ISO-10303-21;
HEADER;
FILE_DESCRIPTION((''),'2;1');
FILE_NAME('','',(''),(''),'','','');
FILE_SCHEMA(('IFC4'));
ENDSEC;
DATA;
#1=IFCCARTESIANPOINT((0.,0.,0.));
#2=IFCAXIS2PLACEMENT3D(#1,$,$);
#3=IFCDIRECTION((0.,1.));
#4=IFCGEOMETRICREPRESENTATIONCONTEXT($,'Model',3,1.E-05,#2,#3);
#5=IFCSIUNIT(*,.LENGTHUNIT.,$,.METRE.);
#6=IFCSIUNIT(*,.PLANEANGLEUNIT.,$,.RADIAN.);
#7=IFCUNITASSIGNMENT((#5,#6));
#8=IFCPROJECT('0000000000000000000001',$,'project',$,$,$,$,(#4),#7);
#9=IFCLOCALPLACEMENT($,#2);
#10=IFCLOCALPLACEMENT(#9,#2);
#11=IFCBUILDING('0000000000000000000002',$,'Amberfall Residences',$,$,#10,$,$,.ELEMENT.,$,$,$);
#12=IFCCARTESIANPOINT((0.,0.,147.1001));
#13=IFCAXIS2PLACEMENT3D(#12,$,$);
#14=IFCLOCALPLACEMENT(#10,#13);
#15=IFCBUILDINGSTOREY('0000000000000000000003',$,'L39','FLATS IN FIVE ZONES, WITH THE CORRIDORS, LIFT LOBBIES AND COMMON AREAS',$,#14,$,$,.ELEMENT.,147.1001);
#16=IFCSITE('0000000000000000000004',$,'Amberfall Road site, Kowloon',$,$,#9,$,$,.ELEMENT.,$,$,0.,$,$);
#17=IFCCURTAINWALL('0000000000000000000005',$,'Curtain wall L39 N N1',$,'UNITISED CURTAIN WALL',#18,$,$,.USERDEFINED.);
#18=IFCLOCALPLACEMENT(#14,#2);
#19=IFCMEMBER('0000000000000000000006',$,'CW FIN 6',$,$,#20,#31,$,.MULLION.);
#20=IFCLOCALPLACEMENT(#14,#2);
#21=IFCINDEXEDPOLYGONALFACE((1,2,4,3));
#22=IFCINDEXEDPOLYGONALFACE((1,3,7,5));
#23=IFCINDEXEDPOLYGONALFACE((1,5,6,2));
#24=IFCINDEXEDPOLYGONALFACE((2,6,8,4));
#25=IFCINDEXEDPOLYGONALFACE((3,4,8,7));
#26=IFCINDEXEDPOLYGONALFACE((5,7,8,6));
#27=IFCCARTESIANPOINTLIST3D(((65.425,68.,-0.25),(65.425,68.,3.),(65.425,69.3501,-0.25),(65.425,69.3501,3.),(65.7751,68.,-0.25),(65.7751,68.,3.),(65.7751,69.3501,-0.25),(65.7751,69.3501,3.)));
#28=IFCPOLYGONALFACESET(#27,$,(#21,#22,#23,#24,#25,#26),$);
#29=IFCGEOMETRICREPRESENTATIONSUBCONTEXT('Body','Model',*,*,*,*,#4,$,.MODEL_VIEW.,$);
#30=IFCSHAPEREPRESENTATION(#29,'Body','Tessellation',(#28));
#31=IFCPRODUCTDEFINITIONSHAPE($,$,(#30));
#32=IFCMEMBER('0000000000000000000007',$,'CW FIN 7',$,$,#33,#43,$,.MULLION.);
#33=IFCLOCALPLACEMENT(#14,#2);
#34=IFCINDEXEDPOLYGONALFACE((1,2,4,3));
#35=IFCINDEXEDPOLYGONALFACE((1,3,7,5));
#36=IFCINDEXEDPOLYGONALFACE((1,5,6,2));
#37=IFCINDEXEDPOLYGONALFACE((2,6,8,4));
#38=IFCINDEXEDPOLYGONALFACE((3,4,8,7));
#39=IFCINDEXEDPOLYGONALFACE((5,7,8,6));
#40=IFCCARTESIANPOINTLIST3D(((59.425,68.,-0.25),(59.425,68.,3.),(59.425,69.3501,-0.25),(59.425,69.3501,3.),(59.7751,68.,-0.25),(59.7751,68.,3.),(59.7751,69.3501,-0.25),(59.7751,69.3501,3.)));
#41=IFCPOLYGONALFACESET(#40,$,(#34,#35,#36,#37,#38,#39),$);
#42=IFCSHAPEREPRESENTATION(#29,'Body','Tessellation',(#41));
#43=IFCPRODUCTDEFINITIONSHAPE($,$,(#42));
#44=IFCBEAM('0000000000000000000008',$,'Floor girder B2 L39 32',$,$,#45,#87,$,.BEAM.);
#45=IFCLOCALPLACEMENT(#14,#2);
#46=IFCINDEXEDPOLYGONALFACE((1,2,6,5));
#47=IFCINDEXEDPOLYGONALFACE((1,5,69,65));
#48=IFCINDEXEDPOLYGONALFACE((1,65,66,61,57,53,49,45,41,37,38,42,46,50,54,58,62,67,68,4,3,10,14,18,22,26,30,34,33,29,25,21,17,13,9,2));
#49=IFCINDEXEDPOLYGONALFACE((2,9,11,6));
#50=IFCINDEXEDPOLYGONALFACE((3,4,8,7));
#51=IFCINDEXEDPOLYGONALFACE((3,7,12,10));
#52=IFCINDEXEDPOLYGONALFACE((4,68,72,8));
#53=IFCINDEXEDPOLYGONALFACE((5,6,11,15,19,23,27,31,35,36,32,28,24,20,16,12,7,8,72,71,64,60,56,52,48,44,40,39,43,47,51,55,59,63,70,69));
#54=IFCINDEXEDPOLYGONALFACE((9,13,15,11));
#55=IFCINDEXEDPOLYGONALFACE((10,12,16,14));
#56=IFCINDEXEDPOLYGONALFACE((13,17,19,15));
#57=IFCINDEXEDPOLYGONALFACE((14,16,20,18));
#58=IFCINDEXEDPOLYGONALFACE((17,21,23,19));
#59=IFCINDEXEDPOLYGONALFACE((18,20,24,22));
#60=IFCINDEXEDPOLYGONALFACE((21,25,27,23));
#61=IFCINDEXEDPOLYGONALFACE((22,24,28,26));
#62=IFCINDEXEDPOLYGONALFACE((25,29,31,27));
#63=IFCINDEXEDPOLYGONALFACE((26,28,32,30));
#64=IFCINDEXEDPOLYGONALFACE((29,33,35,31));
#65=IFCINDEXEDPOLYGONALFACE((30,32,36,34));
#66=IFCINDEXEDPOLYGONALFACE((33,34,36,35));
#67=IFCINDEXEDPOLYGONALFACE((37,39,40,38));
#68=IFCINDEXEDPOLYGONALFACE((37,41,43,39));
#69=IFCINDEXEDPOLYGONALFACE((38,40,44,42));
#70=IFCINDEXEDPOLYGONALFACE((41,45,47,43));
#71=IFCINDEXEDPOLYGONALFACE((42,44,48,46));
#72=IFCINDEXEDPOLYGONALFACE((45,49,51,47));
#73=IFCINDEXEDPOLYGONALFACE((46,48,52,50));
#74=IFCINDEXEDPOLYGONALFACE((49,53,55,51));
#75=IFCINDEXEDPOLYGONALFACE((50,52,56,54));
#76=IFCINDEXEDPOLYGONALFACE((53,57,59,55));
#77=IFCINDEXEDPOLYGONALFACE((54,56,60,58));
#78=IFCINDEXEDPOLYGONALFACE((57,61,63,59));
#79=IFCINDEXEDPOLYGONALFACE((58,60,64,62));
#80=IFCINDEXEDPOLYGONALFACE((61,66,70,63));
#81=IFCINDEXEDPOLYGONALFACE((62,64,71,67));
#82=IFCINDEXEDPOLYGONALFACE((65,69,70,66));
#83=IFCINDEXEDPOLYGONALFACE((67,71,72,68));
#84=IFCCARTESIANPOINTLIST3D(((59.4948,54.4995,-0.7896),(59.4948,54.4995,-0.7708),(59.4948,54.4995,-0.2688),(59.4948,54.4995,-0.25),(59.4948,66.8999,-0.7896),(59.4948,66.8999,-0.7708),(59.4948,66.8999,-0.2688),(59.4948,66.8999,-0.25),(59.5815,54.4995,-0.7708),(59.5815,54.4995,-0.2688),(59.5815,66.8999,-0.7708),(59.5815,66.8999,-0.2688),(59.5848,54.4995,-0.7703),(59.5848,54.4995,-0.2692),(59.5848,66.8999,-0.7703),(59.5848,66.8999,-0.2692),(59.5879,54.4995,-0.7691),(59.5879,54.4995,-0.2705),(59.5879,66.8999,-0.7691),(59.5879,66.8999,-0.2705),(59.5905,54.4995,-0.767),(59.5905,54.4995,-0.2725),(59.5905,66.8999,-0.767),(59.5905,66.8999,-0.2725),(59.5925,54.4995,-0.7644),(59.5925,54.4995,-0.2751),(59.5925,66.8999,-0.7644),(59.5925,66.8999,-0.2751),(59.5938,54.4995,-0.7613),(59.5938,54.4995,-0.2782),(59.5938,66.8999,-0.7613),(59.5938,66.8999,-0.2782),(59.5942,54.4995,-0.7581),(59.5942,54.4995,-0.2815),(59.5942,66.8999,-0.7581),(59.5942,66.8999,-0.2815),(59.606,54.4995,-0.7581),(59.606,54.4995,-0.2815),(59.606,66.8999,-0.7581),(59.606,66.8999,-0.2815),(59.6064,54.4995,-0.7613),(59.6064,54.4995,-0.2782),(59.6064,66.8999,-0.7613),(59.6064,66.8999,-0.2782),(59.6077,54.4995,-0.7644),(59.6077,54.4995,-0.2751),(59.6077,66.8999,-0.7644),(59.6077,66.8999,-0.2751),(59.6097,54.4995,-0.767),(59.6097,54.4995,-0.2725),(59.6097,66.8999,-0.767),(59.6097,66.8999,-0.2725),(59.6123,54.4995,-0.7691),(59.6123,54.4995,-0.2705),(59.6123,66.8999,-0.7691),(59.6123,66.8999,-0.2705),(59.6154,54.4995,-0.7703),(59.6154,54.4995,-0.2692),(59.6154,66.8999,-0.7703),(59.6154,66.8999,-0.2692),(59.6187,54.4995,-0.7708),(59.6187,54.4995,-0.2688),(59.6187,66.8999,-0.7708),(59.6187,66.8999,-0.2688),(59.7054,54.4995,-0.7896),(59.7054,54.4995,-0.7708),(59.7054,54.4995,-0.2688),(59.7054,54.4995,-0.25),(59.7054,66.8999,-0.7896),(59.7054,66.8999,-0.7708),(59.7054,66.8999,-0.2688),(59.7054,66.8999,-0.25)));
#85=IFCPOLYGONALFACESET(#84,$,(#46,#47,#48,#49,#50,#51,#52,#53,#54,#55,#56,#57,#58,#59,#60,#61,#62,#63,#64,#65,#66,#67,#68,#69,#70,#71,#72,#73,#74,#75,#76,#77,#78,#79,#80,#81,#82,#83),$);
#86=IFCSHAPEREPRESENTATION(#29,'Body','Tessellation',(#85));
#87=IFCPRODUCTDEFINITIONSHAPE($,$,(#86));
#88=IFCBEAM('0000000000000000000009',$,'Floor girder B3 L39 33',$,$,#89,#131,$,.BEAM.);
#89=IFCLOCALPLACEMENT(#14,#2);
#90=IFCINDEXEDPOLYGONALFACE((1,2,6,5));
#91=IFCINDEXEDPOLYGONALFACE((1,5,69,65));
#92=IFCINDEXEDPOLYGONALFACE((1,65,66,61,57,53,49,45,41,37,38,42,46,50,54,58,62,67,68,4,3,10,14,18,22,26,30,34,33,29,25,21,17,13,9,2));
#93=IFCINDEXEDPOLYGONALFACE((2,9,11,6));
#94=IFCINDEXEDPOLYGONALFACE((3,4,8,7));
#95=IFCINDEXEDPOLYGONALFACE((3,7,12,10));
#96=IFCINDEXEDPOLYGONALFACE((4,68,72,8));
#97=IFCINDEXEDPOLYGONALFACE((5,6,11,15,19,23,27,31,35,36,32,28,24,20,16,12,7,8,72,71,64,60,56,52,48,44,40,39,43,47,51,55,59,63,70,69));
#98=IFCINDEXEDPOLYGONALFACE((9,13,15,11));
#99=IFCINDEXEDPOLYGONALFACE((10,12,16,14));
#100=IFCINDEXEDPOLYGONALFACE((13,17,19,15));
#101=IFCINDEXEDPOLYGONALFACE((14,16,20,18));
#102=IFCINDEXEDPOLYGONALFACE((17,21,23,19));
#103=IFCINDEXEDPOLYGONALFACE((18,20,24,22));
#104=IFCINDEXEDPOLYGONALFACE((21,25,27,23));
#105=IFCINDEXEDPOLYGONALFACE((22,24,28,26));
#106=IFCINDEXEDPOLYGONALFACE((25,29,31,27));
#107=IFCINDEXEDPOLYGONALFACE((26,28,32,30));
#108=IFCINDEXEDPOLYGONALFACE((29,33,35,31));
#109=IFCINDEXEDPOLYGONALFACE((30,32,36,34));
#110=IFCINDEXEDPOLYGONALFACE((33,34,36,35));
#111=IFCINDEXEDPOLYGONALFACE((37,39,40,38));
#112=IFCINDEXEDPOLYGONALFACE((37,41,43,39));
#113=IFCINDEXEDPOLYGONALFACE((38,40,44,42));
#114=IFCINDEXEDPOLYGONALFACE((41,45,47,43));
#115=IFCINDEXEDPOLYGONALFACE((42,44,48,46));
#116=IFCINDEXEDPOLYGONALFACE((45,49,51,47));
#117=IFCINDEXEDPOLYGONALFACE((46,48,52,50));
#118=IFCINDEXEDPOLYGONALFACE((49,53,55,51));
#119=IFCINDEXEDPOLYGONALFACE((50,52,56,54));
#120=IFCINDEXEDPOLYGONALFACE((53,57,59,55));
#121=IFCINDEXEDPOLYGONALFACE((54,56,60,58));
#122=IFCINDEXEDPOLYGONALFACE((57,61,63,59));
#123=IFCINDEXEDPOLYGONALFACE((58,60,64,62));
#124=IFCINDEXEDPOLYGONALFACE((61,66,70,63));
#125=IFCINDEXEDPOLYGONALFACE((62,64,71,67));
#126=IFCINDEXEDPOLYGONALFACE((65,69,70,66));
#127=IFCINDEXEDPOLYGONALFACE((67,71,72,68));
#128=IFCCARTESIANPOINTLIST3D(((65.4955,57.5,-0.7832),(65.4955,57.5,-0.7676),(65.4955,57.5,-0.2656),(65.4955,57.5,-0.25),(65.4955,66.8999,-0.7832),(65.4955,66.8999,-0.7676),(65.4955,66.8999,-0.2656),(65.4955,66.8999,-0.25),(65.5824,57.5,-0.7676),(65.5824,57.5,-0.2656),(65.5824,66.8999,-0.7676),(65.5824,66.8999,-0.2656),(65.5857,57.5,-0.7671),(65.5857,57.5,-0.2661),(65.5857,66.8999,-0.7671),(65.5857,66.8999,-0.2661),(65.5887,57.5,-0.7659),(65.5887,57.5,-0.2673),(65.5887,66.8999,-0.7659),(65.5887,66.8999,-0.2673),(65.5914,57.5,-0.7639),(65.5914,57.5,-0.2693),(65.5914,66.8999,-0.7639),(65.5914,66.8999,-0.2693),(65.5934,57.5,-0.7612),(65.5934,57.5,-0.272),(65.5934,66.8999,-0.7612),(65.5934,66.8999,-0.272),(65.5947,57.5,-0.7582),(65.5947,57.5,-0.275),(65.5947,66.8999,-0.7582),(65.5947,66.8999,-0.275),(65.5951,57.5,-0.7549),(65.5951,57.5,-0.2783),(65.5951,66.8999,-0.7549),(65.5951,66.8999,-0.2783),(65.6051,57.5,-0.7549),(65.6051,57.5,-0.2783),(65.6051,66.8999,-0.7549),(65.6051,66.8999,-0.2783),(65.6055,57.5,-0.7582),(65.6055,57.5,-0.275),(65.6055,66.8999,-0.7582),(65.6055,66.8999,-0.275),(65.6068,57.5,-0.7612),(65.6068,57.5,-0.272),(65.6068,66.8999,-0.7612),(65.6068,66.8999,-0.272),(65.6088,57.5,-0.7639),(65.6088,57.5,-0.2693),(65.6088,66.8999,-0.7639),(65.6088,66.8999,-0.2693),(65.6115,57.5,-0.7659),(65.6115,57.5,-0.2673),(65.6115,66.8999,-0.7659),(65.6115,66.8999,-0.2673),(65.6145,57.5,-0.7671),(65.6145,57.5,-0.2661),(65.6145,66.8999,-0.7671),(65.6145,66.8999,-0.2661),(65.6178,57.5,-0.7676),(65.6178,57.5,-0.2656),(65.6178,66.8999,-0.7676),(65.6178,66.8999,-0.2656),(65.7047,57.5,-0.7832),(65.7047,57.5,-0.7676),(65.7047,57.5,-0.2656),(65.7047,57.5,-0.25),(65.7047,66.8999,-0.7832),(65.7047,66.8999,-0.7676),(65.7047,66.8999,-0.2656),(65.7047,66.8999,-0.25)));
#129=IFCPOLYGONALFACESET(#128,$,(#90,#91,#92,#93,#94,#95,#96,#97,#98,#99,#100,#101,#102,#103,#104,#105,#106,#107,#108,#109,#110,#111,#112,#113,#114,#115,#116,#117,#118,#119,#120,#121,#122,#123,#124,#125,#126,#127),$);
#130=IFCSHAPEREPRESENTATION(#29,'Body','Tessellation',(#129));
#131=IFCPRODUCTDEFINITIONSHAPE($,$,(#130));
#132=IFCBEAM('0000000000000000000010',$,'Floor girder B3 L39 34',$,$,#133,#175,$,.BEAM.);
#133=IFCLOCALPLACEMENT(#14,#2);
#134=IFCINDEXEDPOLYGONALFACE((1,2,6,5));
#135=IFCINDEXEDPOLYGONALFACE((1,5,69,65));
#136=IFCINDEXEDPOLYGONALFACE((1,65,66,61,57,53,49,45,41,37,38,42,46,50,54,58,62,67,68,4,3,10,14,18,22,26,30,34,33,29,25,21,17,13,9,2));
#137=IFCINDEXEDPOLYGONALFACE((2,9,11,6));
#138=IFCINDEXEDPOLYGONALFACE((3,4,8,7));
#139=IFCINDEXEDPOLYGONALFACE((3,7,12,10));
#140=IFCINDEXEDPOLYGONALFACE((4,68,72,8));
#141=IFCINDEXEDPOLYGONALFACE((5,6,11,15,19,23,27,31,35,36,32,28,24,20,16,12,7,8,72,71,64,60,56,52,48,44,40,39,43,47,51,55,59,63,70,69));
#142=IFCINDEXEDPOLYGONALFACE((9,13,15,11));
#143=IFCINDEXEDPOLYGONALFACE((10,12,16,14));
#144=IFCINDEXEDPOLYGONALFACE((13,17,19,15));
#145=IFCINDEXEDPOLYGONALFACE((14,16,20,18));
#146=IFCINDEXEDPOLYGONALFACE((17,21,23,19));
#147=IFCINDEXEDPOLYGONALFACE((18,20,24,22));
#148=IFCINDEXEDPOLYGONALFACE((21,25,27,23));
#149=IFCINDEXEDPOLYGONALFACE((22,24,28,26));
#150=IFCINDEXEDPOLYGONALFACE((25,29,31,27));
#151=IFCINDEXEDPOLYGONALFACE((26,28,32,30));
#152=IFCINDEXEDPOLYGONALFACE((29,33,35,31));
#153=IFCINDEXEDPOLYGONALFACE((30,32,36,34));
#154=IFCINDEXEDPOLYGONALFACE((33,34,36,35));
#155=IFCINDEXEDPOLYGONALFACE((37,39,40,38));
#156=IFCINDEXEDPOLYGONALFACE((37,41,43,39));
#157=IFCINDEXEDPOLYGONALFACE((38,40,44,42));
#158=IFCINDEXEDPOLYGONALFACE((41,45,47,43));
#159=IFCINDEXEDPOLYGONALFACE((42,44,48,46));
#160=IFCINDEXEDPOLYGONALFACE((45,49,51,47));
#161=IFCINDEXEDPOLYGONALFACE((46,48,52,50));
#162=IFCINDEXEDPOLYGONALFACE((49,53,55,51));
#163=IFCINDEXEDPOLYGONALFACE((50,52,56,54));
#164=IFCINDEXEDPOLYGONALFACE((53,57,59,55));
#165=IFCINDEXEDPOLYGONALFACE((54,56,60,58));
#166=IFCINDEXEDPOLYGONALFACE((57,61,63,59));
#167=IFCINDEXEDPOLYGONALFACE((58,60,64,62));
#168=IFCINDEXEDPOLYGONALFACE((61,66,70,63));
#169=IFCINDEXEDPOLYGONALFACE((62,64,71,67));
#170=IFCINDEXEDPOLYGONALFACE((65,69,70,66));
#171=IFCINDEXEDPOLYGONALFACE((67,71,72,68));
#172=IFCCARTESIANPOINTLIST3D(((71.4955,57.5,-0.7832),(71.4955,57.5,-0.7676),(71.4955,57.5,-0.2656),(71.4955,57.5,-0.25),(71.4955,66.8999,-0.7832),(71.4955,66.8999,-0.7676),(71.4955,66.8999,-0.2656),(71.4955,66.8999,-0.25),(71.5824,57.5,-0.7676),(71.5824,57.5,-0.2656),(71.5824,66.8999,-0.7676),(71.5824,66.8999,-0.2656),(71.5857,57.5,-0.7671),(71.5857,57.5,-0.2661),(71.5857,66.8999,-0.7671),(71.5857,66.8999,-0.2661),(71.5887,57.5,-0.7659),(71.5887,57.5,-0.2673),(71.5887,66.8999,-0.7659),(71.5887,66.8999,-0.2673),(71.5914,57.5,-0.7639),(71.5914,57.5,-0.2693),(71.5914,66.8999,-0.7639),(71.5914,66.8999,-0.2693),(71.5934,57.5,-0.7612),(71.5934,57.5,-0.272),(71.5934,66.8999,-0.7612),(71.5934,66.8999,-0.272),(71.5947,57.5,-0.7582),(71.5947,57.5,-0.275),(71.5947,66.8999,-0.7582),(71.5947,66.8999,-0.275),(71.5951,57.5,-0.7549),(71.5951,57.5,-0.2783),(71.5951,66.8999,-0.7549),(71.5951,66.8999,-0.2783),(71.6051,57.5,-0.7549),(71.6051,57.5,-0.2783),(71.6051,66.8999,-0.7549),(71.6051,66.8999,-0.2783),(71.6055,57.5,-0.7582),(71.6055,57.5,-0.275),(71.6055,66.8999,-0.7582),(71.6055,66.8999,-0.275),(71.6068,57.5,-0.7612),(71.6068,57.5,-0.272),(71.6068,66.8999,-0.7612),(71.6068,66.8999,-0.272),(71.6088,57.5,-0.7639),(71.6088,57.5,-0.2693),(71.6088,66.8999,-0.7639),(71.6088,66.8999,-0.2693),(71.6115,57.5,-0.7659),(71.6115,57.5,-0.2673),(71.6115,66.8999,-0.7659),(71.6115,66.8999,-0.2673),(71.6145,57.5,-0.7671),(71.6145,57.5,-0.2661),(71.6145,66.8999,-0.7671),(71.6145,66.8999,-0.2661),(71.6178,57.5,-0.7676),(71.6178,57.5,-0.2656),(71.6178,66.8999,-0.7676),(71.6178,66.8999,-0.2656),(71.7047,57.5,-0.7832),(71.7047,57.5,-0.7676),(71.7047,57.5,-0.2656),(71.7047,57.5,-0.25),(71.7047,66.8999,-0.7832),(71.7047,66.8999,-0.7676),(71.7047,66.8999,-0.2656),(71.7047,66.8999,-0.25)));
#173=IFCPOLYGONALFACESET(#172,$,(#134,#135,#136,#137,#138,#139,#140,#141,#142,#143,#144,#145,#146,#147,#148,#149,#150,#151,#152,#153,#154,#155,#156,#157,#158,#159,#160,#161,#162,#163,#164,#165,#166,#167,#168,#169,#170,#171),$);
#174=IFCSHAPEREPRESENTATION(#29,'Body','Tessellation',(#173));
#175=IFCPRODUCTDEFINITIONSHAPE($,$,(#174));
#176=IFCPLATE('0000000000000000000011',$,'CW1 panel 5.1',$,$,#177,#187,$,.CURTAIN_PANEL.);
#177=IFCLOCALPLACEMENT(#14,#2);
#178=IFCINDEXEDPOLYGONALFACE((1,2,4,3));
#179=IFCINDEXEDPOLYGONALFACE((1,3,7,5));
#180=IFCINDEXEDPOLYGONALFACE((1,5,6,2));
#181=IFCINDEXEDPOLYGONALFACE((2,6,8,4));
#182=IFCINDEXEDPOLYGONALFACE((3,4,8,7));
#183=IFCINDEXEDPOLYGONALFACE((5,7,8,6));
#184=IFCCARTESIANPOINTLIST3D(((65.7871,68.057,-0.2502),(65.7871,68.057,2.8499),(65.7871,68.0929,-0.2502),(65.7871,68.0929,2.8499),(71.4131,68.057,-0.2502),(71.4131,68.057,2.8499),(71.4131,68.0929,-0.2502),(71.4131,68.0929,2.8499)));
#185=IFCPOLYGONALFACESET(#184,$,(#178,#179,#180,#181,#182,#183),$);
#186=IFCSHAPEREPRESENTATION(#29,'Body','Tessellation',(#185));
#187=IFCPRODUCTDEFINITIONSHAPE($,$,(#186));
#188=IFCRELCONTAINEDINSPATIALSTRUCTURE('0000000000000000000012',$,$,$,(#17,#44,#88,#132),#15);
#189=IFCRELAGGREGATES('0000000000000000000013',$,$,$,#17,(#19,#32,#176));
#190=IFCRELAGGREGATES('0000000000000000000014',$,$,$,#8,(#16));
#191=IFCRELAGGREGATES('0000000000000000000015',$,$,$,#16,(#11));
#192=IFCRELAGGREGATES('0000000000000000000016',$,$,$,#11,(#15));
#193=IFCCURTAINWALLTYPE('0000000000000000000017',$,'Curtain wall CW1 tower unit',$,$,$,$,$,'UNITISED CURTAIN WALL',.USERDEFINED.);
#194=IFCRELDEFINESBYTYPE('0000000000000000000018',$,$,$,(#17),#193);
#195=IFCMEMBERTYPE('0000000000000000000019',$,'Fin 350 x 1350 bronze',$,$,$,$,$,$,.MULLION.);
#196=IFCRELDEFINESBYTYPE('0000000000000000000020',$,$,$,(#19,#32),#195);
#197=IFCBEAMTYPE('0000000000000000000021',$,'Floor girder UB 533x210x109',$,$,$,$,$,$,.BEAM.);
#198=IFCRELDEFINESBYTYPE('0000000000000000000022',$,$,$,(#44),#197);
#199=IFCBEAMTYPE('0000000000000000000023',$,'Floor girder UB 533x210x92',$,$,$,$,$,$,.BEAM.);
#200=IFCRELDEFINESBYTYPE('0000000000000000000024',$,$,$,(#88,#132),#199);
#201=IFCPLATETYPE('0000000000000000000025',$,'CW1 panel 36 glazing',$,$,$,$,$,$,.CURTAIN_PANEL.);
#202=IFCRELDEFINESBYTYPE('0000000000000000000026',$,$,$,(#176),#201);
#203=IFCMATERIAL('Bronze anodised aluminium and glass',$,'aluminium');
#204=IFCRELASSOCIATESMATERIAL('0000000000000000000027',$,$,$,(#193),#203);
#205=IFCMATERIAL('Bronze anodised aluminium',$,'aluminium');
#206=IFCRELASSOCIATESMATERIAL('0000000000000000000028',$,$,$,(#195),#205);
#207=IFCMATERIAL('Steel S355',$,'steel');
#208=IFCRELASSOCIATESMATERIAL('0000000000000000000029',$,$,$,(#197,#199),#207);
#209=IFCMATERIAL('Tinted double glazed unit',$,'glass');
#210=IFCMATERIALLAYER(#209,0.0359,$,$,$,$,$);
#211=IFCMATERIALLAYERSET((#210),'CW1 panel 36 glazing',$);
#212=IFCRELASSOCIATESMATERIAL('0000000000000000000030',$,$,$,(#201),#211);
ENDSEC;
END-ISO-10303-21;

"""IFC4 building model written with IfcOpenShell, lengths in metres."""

from ifc_helpers import new_model, si_unit, direction, frame, origin, origin_2d, place, context, subcontext, project, spatial, rectangle, i_section, extrude, material, layer, layer_set, material_profile, profile_set, type_object, element, aggregate, save


model = new_model("IFC4")

# Units and contexts
model_context = context("Model", 3, precision=1e-05, world=origin(), true_north=direction((0.0, 1.0)))
body_context = subcontext(model_context, "Body", "Model", "MODEL_VIEW")
ifc_project = project(units=[si_unit("LENGTHUNIT", "METRE"), si_unit("PLANEANGLEUNIT", "RADIAN")], contexts=[model_context])

# Site, building, storey
site_placement = place(None, origin())
site = spatial("IfcSite", under=ifc_project, at=site_placement, Name="Amberfall Road site, Kowloon", CompositionType="ELEMENT", RefElevation=0.0)
building_placement = place(site_placement, origin())
building = spatial("IfcBuilding", under=site, at=building_placement, Name="Amberfall Residences", CompositionType="ELEMENT")
storey_placement = place(building_placement, frame((0.0, 0.0, 147.1001)))
storey = spatial("IfcBuildingStorey", under=building, at=storey_placement, Name="L39", Description="FLATS IN FIVE ZONES, WITH THE CORRIDORS, LIFT LOBBIES AND COMMON AREAS", CompositionType="ELEMENT", Elevation=147.1001)

# Curtain wall
ifc_material_1 = material(Name="Bronze anodised aluminium and glass", Category="aluminium")
curtain_wall_type = type_object("IfcCurtainWallType", Name="Curtain wall CW1 tower unit", ElementType="UNITISED CURTAIN WALL", PredefinedType="USERDEFINED", material=ifc_material_1)
curtain_wall_placement = place(storey_placement, origin())
curtain_wall = element("IfcCurtainWall", 1, at=curtain_wall_placement, inside=storey, type_object=curtain_wall_type, Name="Curtain wall L39 N N1", ObjectType="UNITISED CURTAIN WALL", PredefinedType="USERDEFINED")
ifc_material_2 = material(Name="Bronze anodised aluminium", Category="aluminium")

# Shared definitions
ifc_material_3 = material(Name="Steel S355", Category="steel")

# Members
ifc_material_profile_1 = material_profile(ifc_material_2, rectangle(XDim=1.3501, YDim=0.3501, at=origin_2d()), Name="Fin 350 x 1350 bronze")
ifc_profile_set_1 = profile_set([ifc_material_profile_1], Name="Bronze anodised aluminium")
member_type_1 = type_object("IfcMemberType", Name="Fin 350 x 1350 bronze", PredefinedType="MULLION", material=ifc_profile_set_1)
member_1_placement = place(storey_placement, frame((65.6001, 68.675, -0.25), z_axis=(0.0, 0.0, 1.0), x_axis=(0.0, -1.0, 0.0)))
member_1 = element("IfcMember", 2, at=member_1_placement, type_object=member_type_1, Name="CW FIN 6", PredefinedType="MULLION", context=body_context, shape_type="SweptSolid", body=[
    extrude(rectangle(XDim=1.3501, YDim=0.3501, at=origin_2d()), origin(), (0.0, 0.0, 1.0), 3.25),
])
member_2_placement = place(storey_placement, frame((59.6001, 68.675, -0.25), z_axis=(0.0, 0.0, 1.0), x_axis=(0.0, -1.0, 0.0)))
member_2 = element("IfcMember", 3, at=member_2_placement, type_object=member_type_1, Name="CW FIN 7", PredefinedType="MULLION", context=body_context, shape_type="SweptSolid", body=[
    extrude(rectangle(XDim=1.3501, YDim=0.3501, at=origin_2d()), origin(), (0.0, 0.0, 1.0), 3.25),
])

# Beams
ifc_material_profile_2 = material_profile(ifc_material_3, i_section(OverallWidth=0.2107, OverallDepth=0.5396, WebThickness=0.0117, FlangeThickness=0.0188, FilletRadius=0.0127, at=origin_2d()), Name="UB 533x210x109")
ifc_profile_set_2 = profile_set([ifc_material_profile_2], Name="Steel S355")
beam_type_1 = type_object("IfcBeamType", Name="Floor girder UB 533x210x109", PredefinedType="BEAM", material=ifc_profile_set_2)
beam_placement = place(storey_placement, frame((59.6001, 66.8999, -0.5198), z_axis=(0.0, -1.0, 0.0), x_axis=(1.0, 0.0, 0.0)))
element("IfcBeam", 4, at=beam_placement, inside=storey, type_object=beam_type_1, Name="Floor girder B2 L39 32", PredefinedType="BEAM", context=body_context, shape_type="SweptSolid", body=[
    extrude(i_section(OverallWidth=0.2107, OverallDepth=0.5396, WebThickness=0.0117, FlangeThickness=0.0188, FilletRadius=0.0127, at=origin_2d()), origin(), (0.0, 0.0, 1.0), 12.4004),
])
ifc_material_profile_3 = material_profile(ifc_material_3, i_section(OverallWidth=0.2092, OverallDepth=0.5332, WebThickness=0.01, FlangeThickness=0.0156, FilletRadius=0.0127, at=origin_2d()), Name="UB 533x210x92")
ifc_profile_set_3 = profile_set([ifc_material_profile_3], Name="Steel S355")
beam_type_2 = type_object("IfcBeamType", Name="Floor girder UB 533x210x92", PredefinedType="BEAM", material=ifc_profile_set_3)
for number, where, z_axis, x_axis, name in (
    (5, (65.6001, 66.8999, -0.5166), (0.0, -1.0, 0.0), (1.0, 0.0, 0.0), "Floor girder B3 L39 33"),
    (6, (71.6001, 66.8999, -0.5166), (0.0, -1.0, 0.0), (1.0, 0.0, 0.0), "Floor girder B3 L39 34"),
):
    element("IfcBeam", number, at=place(storey_placement, frame(where, z_axis=z_axis, x_axis=x_axis)), inside=storey, type_object=beam_type_2, Name=name, PredefinedType="BEAM", context=body_context, shape_type="SweptSolid", body=[
        extrude(i_section(OverallWidth=0.2092, OverallDepth=0.5332, WebThickness=0.01, FlangeThickness=0.0156, FilletRadius=0.0127, at=origin_2d()), origin(), (0.0, 0.0, 1.0), 9.3999),
    ])

# Plate
ifc_material_4 = material(Name="Tinted double glazed unit", Category="glass")
ifc_layer_1 = layer(ifc_material_4, 0.0359)
ifc_layer_set_1 = layer_set([ifc_layer_1], Name="CW1 panel 36 glazing")
plate_type = type_object("IfcPlateType", Name="CW1 panel 36 glazing", PredefinedType="CURTAIN_PANEL", material=ifc_layer_set_1)
plate_1_placement = place(storey_placement, frame((68.6001, 68.075, -0.2502), z_axis=(0.0, 0.0, 1.0), x_axis=(-1.0, 0.0, 0.0)))
plate_1 = element("IfcPlate", 7, at=plate_1_placement, type_object=plate_type, Name="CW1 panel 5.1", PredefinedType="CURTAIN_PANEL", context=body_context, shape_type="SweptSolid", body=[
    extrude(rectangle(XDim=5.626, YDim=0.0359, at=origin_2d()), origin(), (0.0, 0.0, 1.0), 3.1001),
])
aggregate(curtain_wall, [member_1, member_2, plate_1])

save(model, "model.ifc")
